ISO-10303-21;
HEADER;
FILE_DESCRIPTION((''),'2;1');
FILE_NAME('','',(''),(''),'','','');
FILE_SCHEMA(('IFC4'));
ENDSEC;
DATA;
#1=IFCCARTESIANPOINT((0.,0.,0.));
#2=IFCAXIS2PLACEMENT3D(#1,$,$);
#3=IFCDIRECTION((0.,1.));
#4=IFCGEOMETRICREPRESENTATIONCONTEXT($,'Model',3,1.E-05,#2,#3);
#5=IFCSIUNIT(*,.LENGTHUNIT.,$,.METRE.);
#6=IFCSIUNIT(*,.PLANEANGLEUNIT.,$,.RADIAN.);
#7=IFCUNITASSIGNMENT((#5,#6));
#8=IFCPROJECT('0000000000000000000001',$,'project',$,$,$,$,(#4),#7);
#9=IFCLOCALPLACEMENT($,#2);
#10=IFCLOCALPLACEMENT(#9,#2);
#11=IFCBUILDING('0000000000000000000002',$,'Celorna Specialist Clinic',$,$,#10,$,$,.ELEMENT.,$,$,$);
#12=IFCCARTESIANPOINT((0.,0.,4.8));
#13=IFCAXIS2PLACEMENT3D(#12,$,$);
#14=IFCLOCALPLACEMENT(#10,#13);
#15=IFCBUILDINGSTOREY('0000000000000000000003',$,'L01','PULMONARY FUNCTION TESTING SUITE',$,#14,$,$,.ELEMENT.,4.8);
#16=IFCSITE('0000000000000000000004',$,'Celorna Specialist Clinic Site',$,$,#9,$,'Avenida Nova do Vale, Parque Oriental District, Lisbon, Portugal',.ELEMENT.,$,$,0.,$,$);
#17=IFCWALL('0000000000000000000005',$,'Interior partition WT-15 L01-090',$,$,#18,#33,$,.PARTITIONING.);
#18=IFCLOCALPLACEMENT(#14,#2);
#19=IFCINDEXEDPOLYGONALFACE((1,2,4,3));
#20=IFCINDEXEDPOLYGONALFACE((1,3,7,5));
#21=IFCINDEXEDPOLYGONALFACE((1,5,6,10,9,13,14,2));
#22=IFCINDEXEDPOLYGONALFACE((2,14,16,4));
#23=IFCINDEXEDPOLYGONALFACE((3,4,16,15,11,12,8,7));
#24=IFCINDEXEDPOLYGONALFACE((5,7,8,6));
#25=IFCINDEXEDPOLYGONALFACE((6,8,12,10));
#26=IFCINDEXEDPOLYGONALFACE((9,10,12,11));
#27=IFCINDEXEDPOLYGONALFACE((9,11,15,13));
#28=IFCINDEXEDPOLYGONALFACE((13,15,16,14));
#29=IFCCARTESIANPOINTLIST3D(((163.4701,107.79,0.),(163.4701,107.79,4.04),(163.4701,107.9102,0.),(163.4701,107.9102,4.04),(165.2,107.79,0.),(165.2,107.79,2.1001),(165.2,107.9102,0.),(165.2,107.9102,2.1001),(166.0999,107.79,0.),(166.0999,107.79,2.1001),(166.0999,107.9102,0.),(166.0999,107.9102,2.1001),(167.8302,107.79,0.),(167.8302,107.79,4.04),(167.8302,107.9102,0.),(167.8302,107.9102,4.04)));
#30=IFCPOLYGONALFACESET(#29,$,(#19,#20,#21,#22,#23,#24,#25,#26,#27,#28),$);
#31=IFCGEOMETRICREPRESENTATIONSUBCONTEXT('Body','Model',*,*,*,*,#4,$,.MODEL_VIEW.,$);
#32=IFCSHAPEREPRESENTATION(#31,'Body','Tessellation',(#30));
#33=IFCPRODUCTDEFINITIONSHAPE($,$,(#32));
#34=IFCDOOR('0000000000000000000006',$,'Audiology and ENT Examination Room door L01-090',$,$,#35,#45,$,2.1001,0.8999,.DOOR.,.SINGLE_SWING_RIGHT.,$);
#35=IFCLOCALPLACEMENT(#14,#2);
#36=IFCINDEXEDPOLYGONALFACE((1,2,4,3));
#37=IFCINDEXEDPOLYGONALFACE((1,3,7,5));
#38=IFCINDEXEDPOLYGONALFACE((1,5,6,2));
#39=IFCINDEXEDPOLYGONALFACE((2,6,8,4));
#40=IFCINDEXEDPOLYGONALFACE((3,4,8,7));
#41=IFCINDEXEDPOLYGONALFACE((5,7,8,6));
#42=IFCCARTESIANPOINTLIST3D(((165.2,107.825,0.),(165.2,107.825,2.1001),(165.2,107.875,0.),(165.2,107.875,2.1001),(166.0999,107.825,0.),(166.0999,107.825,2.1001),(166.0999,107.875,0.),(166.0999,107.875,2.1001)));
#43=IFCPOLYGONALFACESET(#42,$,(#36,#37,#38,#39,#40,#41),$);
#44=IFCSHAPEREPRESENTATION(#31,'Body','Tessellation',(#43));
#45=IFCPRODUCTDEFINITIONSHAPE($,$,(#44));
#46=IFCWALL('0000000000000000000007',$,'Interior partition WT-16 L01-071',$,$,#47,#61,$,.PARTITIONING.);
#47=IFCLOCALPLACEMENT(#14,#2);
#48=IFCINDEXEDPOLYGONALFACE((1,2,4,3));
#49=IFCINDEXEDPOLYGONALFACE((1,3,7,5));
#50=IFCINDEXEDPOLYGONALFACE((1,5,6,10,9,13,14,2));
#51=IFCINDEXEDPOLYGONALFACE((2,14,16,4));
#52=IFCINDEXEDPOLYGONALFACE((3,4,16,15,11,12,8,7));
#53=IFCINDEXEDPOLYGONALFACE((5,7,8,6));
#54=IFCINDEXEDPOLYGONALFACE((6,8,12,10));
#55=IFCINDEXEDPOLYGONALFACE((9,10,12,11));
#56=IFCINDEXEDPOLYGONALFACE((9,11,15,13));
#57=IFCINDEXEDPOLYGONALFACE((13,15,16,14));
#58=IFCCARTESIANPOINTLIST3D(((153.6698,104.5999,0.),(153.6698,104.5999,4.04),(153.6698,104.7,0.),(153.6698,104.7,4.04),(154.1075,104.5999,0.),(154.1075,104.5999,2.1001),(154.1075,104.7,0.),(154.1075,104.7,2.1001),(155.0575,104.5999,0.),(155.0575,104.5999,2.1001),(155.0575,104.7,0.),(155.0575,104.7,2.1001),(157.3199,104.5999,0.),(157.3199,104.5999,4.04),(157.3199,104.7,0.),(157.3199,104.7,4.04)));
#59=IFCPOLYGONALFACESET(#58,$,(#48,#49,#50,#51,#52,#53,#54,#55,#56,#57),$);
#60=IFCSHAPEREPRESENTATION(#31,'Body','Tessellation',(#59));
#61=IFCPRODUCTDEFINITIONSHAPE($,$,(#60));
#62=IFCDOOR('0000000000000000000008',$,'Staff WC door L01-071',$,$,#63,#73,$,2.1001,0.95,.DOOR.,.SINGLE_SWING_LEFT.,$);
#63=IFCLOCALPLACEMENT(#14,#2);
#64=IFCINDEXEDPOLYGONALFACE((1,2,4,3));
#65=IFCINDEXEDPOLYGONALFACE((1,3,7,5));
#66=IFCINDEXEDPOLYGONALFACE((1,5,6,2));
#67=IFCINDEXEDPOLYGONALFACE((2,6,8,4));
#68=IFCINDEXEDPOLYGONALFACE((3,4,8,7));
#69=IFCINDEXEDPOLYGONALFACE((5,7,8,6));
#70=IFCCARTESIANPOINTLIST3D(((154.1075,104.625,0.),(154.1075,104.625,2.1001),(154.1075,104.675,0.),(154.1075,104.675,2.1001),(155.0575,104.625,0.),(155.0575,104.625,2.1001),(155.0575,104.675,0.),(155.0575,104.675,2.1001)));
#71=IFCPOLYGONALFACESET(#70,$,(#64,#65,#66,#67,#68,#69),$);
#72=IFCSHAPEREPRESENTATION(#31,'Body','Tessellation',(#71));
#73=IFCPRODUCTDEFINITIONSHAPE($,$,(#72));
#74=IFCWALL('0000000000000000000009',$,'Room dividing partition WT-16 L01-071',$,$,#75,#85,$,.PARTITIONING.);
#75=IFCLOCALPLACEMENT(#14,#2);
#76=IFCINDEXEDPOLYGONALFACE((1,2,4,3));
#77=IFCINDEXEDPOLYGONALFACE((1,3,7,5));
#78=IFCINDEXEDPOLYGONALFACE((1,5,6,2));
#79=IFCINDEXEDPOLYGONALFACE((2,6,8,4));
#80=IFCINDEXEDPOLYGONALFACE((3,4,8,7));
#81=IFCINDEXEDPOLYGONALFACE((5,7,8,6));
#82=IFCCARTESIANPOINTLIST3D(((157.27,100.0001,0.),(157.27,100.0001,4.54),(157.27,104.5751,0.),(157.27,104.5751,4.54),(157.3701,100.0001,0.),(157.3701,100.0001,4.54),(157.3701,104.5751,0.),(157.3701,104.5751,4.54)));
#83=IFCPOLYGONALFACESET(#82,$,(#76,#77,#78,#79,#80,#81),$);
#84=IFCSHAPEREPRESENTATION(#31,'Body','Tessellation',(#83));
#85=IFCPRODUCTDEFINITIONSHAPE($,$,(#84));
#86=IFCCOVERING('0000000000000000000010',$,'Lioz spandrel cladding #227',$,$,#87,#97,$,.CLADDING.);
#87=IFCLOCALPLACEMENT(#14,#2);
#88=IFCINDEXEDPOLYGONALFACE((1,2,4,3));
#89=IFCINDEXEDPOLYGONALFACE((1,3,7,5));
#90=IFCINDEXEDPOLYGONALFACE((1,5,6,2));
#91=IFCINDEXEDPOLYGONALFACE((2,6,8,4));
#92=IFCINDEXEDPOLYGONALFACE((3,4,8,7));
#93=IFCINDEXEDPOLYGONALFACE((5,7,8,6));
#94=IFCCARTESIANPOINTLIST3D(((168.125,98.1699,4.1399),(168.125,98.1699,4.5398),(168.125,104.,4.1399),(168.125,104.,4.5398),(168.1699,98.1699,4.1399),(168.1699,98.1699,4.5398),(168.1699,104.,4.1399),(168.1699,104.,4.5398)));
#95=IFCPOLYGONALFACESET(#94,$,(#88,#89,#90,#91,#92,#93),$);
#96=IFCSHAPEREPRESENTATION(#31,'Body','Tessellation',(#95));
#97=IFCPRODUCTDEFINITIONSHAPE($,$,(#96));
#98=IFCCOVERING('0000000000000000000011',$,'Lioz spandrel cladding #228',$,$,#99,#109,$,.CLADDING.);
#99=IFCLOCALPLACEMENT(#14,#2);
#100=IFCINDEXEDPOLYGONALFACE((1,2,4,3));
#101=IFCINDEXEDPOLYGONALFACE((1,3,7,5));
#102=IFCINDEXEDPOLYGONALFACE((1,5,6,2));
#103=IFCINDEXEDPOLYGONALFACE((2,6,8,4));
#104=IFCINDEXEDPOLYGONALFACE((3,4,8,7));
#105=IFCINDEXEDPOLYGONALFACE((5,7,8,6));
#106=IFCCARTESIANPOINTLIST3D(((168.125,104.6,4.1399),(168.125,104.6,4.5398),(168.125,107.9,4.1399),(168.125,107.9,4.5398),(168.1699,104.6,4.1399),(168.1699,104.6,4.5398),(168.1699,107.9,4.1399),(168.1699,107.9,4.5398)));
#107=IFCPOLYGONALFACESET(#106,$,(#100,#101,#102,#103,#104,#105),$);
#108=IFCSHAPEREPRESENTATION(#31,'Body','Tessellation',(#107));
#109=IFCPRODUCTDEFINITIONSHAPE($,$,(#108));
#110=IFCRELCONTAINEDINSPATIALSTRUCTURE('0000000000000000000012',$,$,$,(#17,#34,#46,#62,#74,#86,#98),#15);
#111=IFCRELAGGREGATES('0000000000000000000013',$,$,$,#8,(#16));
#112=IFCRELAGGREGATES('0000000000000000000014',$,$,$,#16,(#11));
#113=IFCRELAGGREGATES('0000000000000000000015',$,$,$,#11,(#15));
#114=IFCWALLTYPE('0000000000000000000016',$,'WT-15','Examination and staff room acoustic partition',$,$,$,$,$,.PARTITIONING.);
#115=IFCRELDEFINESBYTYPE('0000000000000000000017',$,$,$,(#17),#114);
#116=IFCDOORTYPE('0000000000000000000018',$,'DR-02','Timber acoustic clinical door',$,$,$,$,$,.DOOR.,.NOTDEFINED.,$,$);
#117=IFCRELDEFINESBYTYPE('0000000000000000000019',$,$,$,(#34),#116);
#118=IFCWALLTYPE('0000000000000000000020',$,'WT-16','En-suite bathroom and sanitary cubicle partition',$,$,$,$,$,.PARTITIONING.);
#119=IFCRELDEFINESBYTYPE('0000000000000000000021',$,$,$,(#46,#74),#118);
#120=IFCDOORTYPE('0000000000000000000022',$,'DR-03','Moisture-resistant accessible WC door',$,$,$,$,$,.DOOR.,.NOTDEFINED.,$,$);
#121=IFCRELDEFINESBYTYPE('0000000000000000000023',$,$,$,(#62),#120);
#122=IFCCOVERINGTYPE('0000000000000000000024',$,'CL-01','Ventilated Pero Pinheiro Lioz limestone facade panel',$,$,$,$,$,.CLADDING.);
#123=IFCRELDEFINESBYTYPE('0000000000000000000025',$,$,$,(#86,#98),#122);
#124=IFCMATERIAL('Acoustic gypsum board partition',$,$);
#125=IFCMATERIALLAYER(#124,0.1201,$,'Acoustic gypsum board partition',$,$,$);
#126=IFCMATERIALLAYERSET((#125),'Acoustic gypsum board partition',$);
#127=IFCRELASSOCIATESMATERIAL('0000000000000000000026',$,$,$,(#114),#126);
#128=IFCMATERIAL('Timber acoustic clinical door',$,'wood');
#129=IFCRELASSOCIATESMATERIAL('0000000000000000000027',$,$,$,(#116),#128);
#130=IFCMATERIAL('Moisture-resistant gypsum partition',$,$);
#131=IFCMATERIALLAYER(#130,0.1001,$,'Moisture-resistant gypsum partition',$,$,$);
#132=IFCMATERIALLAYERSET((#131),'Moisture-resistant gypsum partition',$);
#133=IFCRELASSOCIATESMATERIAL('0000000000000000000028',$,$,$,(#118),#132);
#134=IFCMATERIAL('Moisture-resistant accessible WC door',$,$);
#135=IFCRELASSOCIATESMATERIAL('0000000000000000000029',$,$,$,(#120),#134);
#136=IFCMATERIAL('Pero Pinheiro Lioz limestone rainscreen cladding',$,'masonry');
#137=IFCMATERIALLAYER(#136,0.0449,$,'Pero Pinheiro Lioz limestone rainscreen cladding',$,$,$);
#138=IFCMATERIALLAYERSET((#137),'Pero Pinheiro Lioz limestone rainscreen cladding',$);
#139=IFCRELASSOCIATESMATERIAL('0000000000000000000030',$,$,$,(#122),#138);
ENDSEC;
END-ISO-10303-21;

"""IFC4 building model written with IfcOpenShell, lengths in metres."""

from ifc_helpers import new_model, si_unit, direction, frame, frame_2d, origin, origin_2d, place, context, subcontext, project, spatial, rectangle, extrude, material, layer, layer_set, type_object, element, fill, save


model = new_model("IFC4")

# Units and contexts
model_context = context("Model", 3, precision=1e-05, world=origin(), true_north=direction((0.0, 1.0)))
body_context = subcontext(model_context, "Body", "Model", "MODEL_VIEW")
ifc_project = project(units=[si_unit("LENGTHUNIT", "METRE"), si_unit("PLANEANGLEUNIT", "RADIAN")], contexts=[model_context])

# Site, building, storey
site_placement = place(None, origin())
site = spatial("IfcSite", under=ifc_project, at=site_placement, Name="Celorna Specialist Clinic Site", LongName="Avenida Nova do Vale, Parque Oriental District, Lisbon, Portugal", CompositionType="ELEMENT", RefElevation=0.0)
building_placement = place(site_placement, origin())
building = spatial("IfcBuilding", under=site, at=building_placement, Name="Celorna Specialist Clinic", CompositionType="ELEMENT")
storey_placement = place(building_placement, frame((0.0, 0.0, 4.8)))
storey = spatial("IfcBuildingStorey", under=building, at=storey_placement, Name="L01", Description="PULMONARY FUNCTION TESTING SUITE", CompositionType="ELEMENT", Elevation=4.8)

# Walls, openings, doors
ifc_material_1 = material(Name="Acoustic gypsum board partition")
ifc_layer_1 = layer(ifc_material_1, 0.1201, Name="Acoustic gypsum board partition")
ifc_layer_set_1 = layer_set([ifc_layer_1], Name="Acoustic gypsum board partition")
wall_type_1 = type_object("IfcWallType", Name="WT-15", Description="Examination and staff room acoustic partition", PredefinedType="PARTITIONING", material=ifc_layer_set_1)
wall_1_placement = place(storey_placement, frame((163.47, 107.8501, 0.0), z_axis=(0.0, 0.0, 1.0), x_axis=(1.0, 0.0, 0.0)))
wall_1 = element("IfcWall", 1, at=wall_1_placement, inside=storey, type_object=wall_type_1, Name="Interior partition WT-15 L01-090", PredefinedType="PARTITIONING", context=body_context, shape_type="SweptSolid", body=[
    extrude(rectangle(XDim=4.3601, YDim=0.1201, at=frame_2d((2.1802, 0.0))), origin(), (0.0, 0.0, 1.0), 4.04),
])
opening_1_placement = place(wall_1_placement, frame((1.73, 0.0, 0.0)))
opening_1 = element("IfcOpeningElement", 2, at=opening_1_placement, cuts=wall_1, PredefinedType="OPENING", context=body_context, shape_type="SweptSolid", body=[
    extrude(rectangle(XDim=0.8999, YDim=2.1001, at=frame_2d((0.45, 1.05))), frame((0.0, 0.0701, 0.0), z_axis=(0.0, -1.0, 0.0), x_axis=(1.0, 0.0, 0.0)), (0.0, 0.0, 1.0), 0.1401),
])
ifc_material_2 = material(Name="Timber acoustic clinical door", Category="wood")
door_type_1 = type_object("IfcDoorType", Name="DR-02", Description="Timber acoustic clinical door", OperationType="NOTDEFINED", PredefinedType="DOOR", material=ifc_material_2)
door_1_placement = place(opening_1_placement, origin())
door_1 = element("IfcDoor", 3, at=door_1_placement, inside=storey, type_object=door_type_1, Name="Audiology and ENT Examination Room door L01-090", OperationType="SINGLE_SWING_RIGHT", OverallHeight=2.1001, OverallWidth=0.8999, PredefinedType="DOOR", context=body_context, shape_type="SweptSolid", body=[
    extrude(rectangle(XDim=0.8999, YDim=2.1001, at=frame_2d((0.45, 1.05))), frame((0.0, 0.0249, 0.0), z_axis=(0.0, -1.0, 0.0), x_axis=(1.0, 0.0, 0.0)), (0.0, 0.0, 1.0), 0.05),
])
fill(opening_1, door_1)
ifc_material_3 = material(Name="Moisture-resistant gypsum partition")
ifc_layer_2 = layer(ifc_material_3, 0.1001, Name="Moisture-resistant gypsum partition")
ifc_layer_set_2 = layer_set([ifc_layer_2], Name="Moisture-resistant gypsum partition")
wall_type_2 = type_object("IfcWallType", Name="WT-16", Description="En-suite bathroom and sanitary cubicle partition", PredefinedType="PARTITIONING", material=ifc_layer_set_2)
wall_2_placement = place(storey_placement, frame((157.3201, 104.6499, 0.0), z_axis=(0.0, 0.0, 1.0), x_axis=(-1.0, 0.0, 0.0)))
wall_2 = element("IfcWall", 4, at=wall_2_placement, inside=storey, type_object=wall_type_2, Name="Interior partition WT-16 L01-071", PredefinedType="PARTITIONING", context=body_context, shape_type="SweptSolid", body=[
    extrude(rectangle(XDim=3.6501, YDim=0.1001, at=frame_2d((1.8252, 0.0))), origin(), (0.0, 0.0, 1.0), 4.04),
])
opening_2_placement = place(wall_2_placement, frame((2.2625, 0.0, 0.0)))
opening_2 = element("IfcOpeningElement", 5, at=opening_2_placement, cuts=wall_2, PredefinedType="OPENING", context=body_context, shape_type="SweptSolid", body=[
    extrude(rectangle(XDim=0.95, YDim=2.1001, at=frame_2d((0.4751, 1.05))), frame((0.0, 0.0601, 0.0), z_axis=(0.0, -1.0, 0.0), x_axis=(1.0, 0.0, 0.0)), (0.0, 0.0, 1.0), 0.1201),
])
ifc_material_4 = material(Name="Moisture-resistant accessible WC door")
door_type_2 = type_object("IfcDoorType", Name="DR-03", Description="Moisture-resistant accessible WC door", OperationType="NOTDEFINED", PredefinedType="DOOR", material=ifc_material_4)
door_2_placement = place(opening_2_placement, origin())
door_2 = element("IfcDoor", 6, at=door_2_placement, inside=storey, type_object=door_type_2, Name="Staff WC door L01-071", OperationType="SINGLE_SWING_LEFT", OverallHeight=2.1001, OverallWidth=0.95, PredefinedType="DOOR", context=body_context, shape_type="SweptSolid", body=[
    extrude(rectangle(XDim=0.95, YDim=2.1001, at=frame_2d((0.4751, 1.05))), frame((0.0, 0.0249, 0.0), z_axis=(0.0, -1.0, 0.0), x_axis=(1.0, 0.0, 0.0)), (0.0, 0.0, 1.0), 0.05),
])
fill(opening_2, door_2)

# Wall
wall_3_placement = place(storey_placement, frame((157.3201, 100.0, 0.0), z_axis=(0.0, 0.0, 1.0), x_axis=(0.0, 1.0, 0.0)))
element("IfcWall", 7, at=wall_3_placement, inside=storey, type_object=wall_type_2, Name="Room dividing partition WT-16 L01-071", PredefinedType="PARTITIONING", context=body_context, shape_type="SweptSolid", body=[
    extrude(rectangle(XDim=4.575, YDim=0.1001, at=frame_2d((2.2876, 0.0))), origin(), (0.0, 0.0, 1.0), 4.54),
])

# Coverings
ifc_material_5 = material(Name="Pero Pinheiro Lioz limestone rainscreen cladding", Category="masonry")
ifc_layer_3 = layer(ifc_material_5, 0.0449, Name="Pero Pinheiro Lioz limestone rainscreen cladding")
ifc_layer_set_3 = layer_set([ifc_layer_3], Name="Pero Pinheiro Lioz limestone rainscreen cladding")
covering_type = type_object("IfcCoveringType", Name="CL-01", Description="Ventilated Pero Pinheiro Lioz limestone facade panel", PredefinedType="CLADDING", material=ifc_layer_set_3)
covering_1_placement = place(storey_placement, frame((168.1475, 101.085, 4.1399), z_axis=(0.0, 0.0, 1.0), x_axis=(0.0, -1.0, 0.0)))
element("IfcCovering", 8, at=covering_1_placement, inside=storey, type_object=covering_type, Name="Lioz spandrel cladding #227", PredefinedType="CLADDING", context=body_context, shape_type="SweptSolid", body=[
    extrude(rectangle(XDim=5.8301, YDim=0.0449, at=origin_2d()), origin(), (0.0, 0.0, 1.0), 0.3999),
])
covering_2_placement = place(storey_placement, frame((168.1475, 106.25, 4.1399), z_axis=(0.0, 0.0, 1.0), x_axis=(0.0, -1.0, 0.0)))
element("IfcCovering", 9, at=covering_2_placement, inside=storey, type_object=covering_type, Name="Lioz spandrel cladding #228", PredefinedType="CLADDING", context=body_context, shape_type="SweptSolid", body=[
    extrude(rectangle(XDim=3.3, YDim=0.0449, at=origin_2d()), origin(), (0.0, 0.0, 1.0), 0.3999),
])

save(model, "model.ifc")
